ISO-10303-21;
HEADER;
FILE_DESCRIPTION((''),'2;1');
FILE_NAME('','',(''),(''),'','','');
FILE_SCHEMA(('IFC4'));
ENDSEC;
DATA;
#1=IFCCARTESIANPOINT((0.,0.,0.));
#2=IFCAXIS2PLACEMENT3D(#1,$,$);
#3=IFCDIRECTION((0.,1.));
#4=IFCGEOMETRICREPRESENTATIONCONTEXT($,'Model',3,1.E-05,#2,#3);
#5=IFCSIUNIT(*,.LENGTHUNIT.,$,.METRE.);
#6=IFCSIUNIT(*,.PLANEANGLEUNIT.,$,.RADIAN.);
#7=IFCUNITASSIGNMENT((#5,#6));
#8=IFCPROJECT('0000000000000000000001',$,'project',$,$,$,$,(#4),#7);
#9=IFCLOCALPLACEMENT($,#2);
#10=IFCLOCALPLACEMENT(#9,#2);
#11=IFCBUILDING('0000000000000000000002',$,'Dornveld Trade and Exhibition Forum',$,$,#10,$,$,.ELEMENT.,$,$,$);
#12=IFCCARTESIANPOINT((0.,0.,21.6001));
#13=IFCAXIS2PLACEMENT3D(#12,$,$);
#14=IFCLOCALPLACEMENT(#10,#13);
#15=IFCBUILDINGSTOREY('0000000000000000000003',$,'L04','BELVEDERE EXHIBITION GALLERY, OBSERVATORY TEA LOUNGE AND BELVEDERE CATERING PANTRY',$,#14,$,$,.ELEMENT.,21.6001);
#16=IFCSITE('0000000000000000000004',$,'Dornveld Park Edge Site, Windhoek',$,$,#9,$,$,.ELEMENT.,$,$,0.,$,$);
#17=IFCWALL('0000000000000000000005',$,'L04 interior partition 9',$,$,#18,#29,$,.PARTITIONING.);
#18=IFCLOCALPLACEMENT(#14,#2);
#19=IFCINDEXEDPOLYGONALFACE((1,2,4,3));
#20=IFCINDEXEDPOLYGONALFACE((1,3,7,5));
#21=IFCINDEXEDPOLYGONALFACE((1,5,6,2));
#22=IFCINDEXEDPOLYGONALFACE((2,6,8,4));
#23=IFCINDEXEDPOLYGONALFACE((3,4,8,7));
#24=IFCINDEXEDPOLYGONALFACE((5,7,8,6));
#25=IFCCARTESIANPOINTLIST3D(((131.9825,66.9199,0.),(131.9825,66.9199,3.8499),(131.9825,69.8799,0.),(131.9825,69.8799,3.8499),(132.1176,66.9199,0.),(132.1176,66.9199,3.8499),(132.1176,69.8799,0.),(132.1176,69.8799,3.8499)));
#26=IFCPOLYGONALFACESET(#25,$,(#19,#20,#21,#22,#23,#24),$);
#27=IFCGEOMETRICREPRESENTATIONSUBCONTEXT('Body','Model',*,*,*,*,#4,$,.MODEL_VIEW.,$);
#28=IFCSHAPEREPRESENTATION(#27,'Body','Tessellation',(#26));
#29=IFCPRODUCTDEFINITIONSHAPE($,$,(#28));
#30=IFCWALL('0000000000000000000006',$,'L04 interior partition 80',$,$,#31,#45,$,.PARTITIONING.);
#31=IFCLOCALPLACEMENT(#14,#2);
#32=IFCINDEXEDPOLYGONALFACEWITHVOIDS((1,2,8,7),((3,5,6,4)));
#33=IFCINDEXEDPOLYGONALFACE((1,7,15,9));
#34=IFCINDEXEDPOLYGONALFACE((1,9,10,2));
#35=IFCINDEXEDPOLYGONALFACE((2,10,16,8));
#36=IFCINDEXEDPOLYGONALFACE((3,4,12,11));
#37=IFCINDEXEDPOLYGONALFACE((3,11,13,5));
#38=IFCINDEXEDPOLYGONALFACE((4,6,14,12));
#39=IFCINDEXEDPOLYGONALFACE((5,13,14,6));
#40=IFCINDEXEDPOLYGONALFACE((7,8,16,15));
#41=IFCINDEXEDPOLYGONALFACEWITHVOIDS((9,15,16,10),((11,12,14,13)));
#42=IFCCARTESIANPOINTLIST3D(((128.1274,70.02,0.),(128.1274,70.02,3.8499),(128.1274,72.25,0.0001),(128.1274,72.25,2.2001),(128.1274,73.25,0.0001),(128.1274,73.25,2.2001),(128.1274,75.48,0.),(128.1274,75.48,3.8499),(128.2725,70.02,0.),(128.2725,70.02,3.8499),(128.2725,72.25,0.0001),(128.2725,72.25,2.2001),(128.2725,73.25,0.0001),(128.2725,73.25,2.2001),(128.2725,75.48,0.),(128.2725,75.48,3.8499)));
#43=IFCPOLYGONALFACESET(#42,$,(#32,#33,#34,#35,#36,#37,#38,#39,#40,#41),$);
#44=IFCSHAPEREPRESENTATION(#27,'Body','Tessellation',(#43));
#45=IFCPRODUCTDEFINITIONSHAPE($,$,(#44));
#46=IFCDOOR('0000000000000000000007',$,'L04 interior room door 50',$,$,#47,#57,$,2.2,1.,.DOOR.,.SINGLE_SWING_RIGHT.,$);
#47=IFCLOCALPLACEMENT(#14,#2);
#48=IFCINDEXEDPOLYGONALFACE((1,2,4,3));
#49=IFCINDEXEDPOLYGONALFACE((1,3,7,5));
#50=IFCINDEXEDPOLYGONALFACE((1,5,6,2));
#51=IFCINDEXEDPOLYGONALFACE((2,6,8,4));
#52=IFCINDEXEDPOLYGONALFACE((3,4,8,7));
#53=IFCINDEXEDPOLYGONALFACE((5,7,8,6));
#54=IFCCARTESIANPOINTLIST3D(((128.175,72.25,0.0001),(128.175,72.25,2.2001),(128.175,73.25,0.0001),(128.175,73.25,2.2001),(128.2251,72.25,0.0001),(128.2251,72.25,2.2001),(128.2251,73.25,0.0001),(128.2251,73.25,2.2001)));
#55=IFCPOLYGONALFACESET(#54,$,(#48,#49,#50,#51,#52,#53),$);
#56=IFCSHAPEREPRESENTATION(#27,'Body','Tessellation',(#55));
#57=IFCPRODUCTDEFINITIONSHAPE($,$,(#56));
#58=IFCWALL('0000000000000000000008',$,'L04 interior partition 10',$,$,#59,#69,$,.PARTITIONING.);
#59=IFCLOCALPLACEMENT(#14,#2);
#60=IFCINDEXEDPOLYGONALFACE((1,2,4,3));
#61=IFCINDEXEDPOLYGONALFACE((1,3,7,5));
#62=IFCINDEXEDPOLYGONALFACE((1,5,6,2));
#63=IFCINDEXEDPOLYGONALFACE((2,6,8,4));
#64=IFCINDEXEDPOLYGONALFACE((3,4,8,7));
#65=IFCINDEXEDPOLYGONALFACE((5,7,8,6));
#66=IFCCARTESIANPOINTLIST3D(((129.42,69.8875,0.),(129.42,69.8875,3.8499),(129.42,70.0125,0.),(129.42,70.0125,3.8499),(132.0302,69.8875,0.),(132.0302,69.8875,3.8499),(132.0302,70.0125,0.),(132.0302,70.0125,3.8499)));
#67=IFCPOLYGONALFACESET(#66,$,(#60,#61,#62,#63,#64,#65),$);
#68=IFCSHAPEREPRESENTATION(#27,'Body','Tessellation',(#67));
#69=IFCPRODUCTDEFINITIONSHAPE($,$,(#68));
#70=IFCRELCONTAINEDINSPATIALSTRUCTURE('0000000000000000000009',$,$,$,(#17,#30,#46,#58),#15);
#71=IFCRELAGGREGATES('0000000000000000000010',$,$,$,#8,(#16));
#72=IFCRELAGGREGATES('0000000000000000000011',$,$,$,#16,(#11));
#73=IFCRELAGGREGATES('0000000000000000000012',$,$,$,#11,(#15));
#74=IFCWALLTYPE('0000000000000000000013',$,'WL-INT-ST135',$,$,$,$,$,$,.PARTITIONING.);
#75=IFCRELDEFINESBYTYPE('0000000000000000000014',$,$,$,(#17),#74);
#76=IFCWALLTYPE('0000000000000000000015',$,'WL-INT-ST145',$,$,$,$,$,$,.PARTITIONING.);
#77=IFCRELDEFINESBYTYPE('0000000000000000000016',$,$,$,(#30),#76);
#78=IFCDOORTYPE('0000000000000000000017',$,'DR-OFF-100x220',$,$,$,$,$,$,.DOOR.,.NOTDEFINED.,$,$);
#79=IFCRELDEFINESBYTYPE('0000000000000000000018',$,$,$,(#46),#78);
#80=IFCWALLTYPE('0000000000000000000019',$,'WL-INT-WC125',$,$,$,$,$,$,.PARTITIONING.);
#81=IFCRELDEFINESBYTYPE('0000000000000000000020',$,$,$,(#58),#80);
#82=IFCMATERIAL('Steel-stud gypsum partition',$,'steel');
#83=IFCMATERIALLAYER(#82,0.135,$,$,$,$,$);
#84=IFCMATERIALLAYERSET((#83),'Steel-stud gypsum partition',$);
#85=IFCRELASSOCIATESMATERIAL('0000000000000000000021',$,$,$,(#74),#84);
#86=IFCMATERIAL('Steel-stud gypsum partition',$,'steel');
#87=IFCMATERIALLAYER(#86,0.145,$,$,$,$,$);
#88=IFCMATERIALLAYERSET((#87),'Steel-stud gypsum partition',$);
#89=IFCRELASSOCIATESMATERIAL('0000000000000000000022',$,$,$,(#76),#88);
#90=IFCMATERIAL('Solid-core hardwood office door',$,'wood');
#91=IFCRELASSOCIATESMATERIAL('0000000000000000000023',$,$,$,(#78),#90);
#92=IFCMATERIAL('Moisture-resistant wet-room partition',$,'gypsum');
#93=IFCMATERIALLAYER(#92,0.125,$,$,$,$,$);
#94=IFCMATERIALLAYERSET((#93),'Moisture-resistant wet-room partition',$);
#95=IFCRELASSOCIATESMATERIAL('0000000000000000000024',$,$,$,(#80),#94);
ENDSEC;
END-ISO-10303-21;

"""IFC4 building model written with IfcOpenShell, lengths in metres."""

from ifc_helpers import new_model, si_unit, direction, frame, frame_2d, origin, place, context, subcontext, project, spatial, rectangle, extrude, material, layer, layer_set, type_object, element, fill, save


model = new_model("IFC4")

# Units and contexts
model_context = context("Model", 3, precision=1e-05, world=origin(), true_north=direction((0.0, 1.0)))
body_context = subcontext(model_context, "Body", "Model", "MODEL_VIEW")
ifc_project = project(units=[si_unit("LENGTHUNIT", "METRE"), si_unit("PLANEANGLEUNIT", "RADIAN")], contexts=[model_context])

# Site, building, storey
site_placement = place(None, origin())
site = spatial("IfcSite", under=ifc_project, at=site_placement, Name="Dornveld Park Edge Site, Windhoek", CompositionType="ELEMENT", RefElevation=0.0)
building_placement = place(site_placement, origin())
building = spatial("IfcBuilding", under=site, at=building_placement, Name="Dornveld Trade and Exhibition Forum", CompositionType="ELEMENT")
storey_placement = place(building_placement, frame((0.0, 0.0, 21.6001)))
storey = spatial("IfcBuildingStorey", under=building, at=storey_placement, Name="L04", Description="BELVEDERE EXHIBITION GALLERY, OBSERVATORY TEA LOUNGE AND BELVEDERE CATERING PANTRY", CompositionType="ELEMENT", Elevation=21.6001)

# Wall
ifc_material_1 = material(Name="Steel-stud gypsum partition", Category="steel")
ifc_layer_1 = layer(ifc_material_1, 0.135)
ifc_layer_set_1 = layer_set([ifc_layer_1], Name="Steel-stud gypsum partition")
wall_type_1 = type_object("IfcWallType", Name="WL-INT-ST135", PredefinedType="PARTITIONING", material=ifc_layer_set_1)
wall_1_placement = place(storey_placement, frame((132.05, 66.9199, 0.0), z_axis=(0.0, 0.0, 1.0), x_axis=(0.0, 1.0, 0.0)))
element("IfcWall", 1, at=wall_1_placement, inside=storey, type_object=wall_type_1, Name="L04 interior partition 9", PredefinedType="PARTITIONING", context=body_context, shape_type="SweptSolid", body=[
    extrude(rectangle(XDim=2.96, YDim=0.135, at=frame_2d((1.48, 0.0))), origin(), (0.0, 0.0, 1.0), 3.8499),
])

# Wall, opening, door
ifc_material_2 = material(Name="Steel-stud gypsum partition", Category="steel")
ifc_layer_2 = layer(ifc_material_2, 0.145)
ifc_layer_set_2 = layer_set([ifc_layer_2], Name="Steel-stud gypsum partition")
wall_type_2 = type_object("IfcWallType", Name="WL-INT-ST145", PredefinedType="PARTITIONING", material=ifc_layer_set_2)
wall_2_placement = place(storey_placement, frame((128.2, 70.02, 0.0), z_axis=(0.0, 0.0, 1.0), x_axis=(0.0, 1.0, 0.0)))
wall_2 = element("IfcWall", 2, at=wall_2_placement, inside=storey, type_object=wall_type_2, Name="L04 interior partition 80", PredefinedType="PARTITIONING", context=body_context, shape_type="SweptSolid", body=[
    extrude(rectangle(XDim=5.46, YDim=0.145, at=frame_2d((2.73, 0.0))), origin(), (0.0, 0.0, 1.0), 3.8499),
])
opening_1_placement = place(wall_2_placement, frame((2.23, 0.0, 0.0)))
opening_1 = element("IfcOpeningElement", 3, at=opening_1_placement, cuts=wall_2, PredefinedType="OPENING", context=body_context, shape_type="SweptSolid", body=[
    extrude(rectangle(XDim=1.0, YDim=2.2, at=frame_2d((0.5, 1.1001))), frame((0.0, 0.0825, 0.0), z_axis=(0.0, -1.0, 0.0), x_axis=(1.0, 0.0, 0.0)), (0.0, 0.0, 1.0), 0.165),
])
ifc_material_3 = material(Name="Solid-core hardwood office door", Category="wood")
door_type_1 = type_object("IfcDoorType", Name="DR-OFF-100x220", OperationType="NOTDEFINED", PredefinedType="DOOR", material=ifc_material_3)
door_1_placement = place(opening_1_placement, origin())
door_1 = element("IfcDoor", 4, at=door_1_placement, inside=storey, type_object=door_type_1, Name="L04 interior room door 50", OperationType="SINGLE_SWING_RIGHT", OverallHeight=2.2, OverallWidth=1.0, PredefinedType="DOOR", context=body_context, shape_type="SweptSolid", body=[
    extrude(rectangle(XDim=1.0, YDim=2.2, at=frame_2d((0.5, 1.1001))), frame((0.0, 0.0249, 0.0), z_axis=(0.0, -1.0, 0.0), x_axis=(1.0, 0.0, 0.0)), (0.0, 0.0, 1.0), 0.05),
])
fill(opening_1, door_1)

# Wall
ifc_material_4 = material(Name="Moisture-resistant wet-room partition", Category="gypsum")
ifc_layer_3 = layer(ifc_material_4, 0.125)
ifc_layer_set_3 = layer_set([ifc_layer_3], Name="Moisture-resistant wet-room partition")
wall_type_3 = type_object("IfcWallType", Name="WL-INT-WC125", PredefinedType="PARTITIONING", material=ifc_layer_set_3)
wall_3_placement = place(storey_placement, frame((129.4199, 69.95, 0.0), z_axis=(0.0, 0.0, 1.0), x_axis=(1.0, 0.0, 0.0)))
element("IfcWall", 5, at=wall_3_placement, inside=storey, type_object=wall_type_3, Name="L04 interior partition 10", PredefinedType="PARTITIONING", context=body_context, shape_type="SweptSolid", body=[
    extrude(rectangle(XDim=2.6101, YDim=0.125, at=frame_2d((1.3052, 0.0))), origin(), (0.0, 0.0, 1.0), 3.8499),
])

save(model, "model.ifc")
